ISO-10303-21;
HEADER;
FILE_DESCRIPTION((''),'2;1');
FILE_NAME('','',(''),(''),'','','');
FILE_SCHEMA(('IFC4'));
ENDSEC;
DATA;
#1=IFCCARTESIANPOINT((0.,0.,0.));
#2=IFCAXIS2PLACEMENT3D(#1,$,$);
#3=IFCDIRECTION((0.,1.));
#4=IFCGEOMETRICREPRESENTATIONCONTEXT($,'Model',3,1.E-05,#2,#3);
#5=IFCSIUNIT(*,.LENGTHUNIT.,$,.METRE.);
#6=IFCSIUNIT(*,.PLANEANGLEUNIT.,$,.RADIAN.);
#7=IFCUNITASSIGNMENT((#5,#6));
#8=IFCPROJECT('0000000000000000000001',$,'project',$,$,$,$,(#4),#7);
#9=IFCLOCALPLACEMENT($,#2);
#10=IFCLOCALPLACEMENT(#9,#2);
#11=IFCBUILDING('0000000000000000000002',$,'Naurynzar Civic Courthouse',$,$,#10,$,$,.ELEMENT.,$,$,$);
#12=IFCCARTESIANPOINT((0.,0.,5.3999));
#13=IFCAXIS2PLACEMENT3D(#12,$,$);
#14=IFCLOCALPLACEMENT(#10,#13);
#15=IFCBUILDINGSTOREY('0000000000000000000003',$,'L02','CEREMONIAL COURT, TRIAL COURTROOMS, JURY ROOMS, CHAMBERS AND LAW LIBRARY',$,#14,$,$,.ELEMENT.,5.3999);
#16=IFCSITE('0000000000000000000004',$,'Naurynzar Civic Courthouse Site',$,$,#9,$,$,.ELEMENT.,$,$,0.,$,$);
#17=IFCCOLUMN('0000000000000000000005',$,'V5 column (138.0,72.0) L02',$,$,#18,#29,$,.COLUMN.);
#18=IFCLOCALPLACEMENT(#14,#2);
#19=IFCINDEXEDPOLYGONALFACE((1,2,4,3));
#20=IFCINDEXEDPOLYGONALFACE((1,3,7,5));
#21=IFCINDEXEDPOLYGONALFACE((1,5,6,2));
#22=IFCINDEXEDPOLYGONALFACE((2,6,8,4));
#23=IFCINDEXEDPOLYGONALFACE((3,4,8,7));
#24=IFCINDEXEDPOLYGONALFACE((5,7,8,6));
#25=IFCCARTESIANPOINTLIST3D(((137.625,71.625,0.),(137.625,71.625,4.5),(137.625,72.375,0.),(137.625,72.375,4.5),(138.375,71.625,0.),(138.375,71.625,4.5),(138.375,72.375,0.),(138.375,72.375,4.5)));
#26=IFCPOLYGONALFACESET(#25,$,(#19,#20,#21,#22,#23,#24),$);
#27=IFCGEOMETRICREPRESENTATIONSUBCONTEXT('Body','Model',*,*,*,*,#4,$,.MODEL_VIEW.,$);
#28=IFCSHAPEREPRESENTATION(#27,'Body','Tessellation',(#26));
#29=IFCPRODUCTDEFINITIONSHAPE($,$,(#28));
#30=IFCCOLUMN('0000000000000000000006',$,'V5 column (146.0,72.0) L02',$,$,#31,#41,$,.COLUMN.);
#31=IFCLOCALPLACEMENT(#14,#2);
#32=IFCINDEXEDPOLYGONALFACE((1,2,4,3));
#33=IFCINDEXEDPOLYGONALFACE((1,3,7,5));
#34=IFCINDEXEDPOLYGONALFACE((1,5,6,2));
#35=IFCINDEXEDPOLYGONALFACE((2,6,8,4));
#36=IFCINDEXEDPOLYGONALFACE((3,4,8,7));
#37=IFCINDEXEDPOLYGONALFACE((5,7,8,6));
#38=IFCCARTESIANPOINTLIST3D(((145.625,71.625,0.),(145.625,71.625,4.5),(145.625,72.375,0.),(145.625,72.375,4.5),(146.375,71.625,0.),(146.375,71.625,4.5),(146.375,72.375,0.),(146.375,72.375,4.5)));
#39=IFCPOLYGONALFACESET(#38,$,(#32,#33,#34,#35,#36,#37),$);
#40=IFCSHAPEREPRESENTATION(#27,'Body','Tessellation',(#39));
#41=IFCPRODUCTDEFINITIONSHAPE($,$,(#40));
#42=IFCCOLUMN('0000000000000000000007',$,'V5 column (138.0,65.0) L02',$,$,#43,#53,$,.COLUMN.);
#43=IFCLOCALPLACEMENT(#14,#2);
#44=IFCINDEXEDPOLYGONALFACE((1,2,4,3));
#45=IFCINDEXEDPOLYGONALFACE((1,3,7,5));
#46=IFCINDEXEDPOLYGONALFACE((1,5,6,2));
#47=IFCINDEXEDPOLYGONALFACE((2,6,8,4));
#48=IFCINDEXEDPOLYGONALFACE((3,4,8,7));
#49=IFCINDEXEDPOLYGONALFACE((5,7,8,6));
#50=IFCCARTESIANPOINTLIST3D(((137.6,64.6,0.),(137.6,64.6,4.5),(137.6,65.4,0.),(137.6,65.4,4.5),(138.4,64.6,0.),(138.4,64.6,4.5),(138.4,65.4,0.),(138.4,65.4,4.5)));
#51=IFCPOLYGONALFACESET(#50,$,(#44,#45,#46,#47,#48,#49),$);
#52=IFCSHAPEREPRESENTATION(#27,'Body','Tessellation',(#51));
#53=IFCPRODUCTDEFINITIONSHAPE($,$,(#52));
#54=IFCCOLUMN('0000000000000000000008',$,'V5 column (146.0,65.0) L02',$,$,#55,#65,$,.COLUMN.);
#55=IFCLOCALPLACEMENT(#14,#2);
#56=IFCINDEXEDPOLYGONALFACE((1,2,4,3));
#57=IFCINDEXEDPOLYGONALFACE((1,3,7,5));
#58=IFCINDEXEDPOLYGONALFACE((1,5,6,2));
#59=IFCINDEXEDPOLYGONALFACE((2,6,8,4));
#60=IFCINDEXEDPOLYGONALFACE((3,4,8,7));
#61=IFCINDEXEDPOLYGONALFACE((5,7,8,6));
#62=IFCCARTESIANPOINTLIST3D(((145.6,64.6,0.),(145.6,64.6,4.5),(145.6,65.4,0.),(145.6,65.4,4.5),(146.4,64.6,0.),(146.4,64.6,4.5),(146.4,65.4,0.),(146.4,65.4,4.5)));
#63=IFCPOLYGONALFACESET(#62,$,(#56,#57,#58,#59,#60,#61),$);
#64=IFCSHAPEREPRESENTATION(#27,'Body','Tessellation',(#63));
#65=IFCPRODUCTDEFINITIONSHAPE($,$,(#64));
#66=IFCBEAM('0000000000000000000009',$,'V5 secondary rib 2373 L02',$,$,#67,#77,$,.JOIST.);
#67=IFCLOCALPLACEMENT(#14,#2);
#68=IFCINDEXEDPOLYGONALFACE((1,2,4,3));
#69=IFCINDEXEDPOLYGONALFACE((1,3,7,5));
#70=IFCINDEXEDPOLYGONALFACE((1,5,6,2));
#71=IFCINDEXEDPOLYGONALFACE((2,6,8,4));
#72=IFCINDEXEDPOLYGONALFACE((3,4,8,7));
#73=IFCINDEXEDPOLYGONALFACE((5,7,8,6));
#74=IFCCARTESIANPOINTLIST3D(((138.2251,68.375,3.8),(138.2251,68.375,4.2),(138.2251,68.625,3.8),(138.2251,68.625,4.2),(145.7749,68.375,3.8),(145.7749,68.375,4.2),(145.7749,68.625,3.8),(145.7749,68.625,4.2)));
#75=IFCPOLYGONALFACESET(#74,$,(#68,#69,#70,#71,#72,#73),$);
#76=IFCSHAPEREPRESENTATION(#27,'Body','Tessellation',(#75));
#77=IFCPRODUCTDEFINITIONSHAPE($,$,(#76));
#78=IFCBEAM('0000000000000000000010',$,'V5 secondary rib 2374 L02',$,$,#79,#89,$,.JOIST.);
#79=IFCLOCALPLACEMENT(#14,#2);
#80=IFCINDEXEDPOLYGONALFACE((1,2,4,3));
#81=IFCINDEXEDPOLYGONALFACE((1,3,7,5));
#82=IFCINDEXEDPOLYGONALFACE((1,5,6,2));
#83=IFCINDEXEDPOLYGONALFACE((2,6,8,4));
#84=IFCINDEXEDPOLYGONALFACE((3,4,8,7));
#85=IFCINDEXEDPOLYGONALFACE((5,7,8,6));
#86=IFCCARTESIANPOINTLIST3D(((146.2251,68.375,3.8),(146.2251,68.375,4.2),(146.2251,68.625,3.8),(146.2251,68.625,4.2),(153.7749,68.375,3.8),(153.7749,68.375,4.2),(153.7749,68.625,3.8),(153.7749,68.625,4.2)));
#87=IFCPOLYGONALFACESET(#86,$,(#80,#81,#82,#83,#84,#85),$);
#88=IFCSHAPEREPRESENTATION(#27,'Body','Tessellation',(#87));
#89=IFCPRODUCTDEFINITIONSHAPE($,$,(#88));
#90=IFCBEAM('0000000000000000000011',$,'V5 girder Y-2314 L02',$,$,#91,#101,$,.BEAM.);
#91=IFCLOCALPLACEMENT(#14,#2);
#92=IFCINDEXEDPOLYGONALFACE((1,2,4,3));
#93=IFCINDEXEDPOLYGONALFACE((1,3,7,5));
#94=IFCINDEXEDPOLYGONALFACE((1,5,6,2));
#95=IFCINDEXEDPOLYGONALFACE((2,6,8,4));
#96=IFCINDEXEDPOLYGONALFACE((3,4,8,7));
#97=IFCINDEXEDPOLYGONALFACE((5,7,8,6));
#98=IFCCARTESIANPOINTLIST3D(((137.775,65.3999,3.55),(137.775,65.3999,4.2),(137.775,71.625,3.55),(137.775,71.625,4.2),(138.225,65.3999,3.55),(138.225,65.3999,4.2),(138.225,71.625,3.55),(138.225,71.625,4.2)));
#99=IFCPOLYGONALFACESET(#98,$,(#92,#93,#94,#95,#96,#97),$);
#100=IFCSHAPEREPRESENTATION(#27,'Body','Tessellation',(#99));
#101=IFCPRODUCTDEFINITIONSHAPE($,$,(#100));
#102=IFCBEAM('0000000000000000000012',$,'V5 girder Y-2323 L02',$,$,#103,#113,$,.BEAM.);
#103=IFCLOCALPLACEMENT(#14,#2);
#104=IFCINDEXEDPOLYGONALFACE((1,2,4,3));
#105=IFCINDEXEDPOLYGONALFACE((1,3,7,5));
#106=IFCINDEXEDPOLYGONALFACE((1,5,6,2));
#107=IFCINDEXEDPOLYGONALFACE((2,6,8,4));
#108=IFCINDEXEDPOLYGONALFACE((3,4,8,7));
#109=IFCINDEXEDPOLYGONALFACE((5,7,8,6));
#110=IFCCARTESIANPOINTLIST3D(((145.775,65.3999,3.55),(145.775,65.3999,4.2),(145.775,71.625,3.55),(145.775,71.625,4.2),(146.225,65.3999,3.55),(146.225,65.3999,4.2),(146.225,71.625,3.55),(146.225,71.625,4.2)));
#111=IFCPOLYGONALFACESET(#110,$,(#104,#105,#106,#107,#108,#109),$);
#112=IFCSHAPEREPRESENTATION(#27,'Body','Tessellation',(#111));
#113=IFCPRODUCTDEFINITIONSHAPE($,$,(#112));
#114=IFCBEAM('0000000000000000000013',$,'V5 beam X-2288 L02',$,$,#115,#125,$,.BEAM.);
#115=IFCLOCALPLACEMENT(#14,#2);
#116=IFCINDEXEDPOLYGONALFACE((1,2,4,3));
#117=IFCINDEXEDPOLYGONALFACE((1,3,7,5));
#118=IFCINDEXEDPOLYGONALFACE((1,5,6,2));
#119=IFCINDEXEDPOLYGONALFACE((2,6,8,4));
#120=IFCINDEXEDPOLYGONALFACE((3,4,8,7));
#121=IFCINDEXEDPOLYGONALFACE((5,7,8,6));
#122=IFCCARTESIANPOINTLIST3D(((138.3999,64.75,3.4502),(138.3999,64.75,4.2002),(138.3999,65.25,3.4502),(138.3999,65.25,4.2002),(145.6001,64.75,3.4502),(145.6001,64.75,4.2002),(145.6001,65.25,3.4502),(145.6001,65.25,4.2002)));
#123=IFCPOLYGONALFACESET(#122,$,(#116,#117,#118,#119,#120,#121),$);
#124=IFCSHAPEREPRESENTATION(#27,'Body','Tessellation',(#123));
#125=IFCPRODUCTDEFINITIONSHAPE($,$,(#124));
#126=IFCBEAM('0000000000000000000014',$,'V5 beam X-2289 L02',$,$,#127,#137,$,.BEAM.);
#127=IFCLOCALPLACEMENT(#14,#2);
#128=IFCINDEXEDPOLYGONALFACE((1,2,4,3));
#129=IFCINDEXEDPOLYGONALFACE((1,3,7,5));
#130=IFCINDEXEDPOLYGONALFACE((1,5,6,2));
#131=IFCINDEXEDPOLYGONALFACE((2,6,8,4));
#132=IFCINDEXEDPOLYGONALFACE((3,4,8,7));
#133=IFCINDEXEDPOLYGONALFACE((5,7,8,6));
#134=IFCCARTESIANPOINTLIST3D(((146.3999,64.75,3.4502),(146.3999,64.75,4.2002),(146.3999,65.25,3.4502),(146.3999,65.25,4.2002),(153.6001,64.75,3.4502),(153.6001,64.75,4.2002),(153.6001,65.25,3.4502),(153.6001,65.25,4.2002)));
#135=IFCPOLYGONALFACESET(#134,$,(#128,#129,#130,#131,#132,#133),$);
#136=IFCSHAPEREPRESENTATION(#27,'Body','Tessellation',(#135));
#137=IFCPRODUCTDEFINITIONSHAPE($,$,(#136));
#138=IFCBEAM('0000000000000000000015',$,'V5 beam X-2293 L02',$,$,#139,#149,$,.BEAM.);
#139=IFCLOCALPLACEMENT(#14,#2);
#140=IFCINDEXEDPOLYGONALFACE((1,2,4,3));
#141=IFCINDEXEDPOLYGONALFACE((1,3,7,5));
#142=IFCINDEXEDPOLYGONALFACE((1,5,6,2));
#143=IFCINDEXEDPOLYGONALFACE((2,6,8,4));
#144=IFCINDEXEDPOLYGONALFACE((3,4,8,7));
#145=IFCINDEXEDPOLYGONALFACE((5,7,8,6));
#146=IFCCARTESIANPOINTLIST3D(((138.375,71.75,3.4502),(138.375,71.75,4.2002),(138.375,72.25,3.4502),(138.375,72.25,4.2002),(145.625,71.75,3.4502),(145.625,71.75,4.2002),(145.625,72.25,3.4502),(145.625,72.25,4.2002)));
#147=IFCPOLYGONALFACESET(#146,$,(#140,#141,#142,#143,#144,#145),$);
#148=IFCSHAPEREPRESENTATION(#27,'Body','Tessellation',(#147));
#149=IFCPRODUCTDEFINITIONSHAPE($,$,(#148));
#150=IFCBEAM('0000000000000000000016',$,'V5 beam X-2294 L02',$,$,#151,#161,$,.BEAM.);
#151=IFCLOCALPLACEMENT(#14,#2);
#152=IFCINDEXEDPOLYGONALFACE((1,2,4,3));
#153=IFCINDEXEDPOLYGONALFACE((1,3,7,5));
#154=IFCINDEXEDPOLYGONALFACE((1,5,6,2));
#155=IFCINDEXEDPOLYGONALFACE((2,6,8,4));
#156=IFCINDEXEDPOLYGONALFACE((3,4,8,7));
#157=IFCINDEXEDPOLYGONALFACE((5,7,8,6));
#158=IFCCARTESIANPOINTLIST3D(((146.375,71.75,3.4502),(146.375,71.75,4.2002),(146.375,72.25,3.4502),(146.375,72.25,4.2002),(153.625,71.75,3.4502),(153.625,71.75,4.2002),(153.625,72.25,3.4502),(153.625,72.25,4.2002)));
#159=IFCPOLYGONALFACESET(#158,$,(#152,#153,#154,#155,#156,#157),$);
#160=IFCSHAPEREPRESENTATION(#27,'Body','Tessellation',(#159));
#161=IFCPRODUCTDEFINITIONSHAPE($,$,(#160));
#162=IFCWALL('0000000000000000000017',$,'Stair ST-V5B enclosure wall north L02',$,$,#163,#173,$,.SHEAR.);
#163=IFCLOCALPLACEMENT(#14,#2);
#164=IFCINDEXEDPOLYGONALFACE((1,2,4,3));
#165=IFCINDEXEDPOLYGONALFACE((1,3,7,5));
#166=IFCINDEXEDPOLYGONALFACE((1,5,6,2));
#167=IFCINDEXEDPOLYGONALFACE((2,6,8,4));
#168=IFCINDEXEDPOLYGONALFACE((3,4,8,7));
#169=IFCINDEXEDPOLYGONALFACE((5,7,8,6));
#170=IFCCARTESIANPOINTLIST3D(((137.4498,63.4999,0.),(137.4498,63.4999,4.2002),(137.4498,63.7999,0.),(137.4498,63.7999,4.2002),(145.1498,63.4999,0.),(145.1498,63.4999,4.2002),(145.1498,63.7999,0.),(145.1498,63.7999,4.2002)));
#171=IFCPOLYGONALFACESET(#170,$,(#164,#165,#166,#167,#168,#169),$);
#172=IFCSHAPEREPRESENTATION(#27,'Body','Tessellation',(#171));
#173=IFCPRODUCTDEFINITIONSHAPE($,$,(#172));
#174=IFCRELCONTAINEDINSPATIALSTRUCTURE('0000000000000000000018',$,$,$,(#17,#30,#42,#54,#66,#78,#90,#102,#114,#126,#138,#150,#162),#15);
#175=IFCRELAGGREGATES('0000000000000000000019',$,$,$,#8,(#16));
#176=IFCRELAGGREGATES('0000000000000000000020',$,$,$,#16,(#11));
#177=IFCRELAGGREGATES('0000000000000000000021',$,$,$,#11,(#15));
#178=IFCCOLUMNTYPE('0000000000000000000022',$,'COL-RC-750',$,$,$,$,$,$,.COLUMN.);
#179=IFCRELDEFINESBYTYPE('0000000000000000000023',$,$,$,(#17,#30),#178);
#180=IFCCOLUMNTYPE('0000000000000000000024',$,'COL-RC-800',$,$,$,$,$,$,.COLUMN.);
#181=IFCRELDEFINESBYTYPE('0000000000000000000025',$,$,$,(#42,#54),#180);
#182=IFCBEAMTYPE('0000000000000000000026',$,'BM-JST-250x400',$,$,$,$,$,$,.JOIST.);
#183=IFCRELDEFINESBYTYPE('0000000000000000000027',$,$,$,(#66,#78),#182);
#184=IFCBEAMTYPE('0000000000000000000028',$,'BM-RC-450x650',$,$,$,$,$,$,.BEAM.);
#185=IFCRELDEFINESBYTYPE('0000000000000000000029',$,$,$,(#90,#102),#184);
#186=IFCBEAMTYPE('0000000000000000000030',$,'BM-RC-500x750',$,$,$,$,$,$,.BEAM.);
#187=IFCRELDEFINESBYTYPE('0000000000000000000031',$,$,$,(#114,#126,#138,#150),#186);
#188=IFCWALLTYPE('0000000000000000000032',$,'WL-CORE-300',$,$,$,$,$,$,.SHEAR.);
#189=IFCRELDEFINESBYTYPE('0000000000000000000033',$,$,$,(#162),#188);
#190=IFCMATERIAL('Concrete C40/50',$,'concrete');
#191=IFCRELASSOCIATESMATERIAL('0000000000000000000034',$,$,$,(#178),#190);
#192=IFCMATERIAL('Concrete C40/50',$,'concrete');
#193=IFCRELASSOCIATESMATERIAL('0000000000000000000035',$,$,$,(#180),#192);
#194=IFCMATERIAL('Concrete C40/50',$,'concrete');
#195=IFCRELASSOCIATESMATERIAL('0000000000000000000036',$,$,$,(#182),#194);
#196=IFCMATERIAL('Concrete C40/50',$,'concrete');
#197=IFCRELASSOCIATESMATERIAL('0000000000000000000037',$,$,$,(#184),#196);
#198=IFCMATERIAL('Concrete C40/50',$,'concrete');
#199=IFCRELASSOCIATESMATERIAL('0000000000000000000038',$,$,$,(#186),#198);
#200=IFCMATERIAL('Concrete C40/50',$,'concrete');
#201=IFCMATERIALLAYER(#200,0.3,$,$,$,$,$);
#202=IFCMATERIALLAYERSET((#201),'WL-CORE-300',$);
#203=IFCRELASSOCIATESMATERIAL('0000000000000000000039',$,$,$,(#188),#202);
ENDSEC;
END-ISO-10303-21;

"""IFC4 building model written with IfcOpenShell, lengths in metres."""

from ifc_helpers import new_model, si_unit, direction, frame, frame_2d, origin, origin_2d, place, context, subcontext, project, spatial, rectangle, extrude, material, layer, layer_set, material_profile, profile_set, type_object, element, save


model = new_model("IFC4")

# Units and contexts
model_context = context("Model", 3, precision=1e-05, world=origin(), true_north=direction((0.0, 1.0)))
body_context = subcontext(model_context, "Body", "Model", "MODEL_VIEW")
ifc_project = project(units=[si_unit("LENGTHUNIT", "METRE"), si_unit("PLANEANGLEUNIT", "RADIAN")], contexts=[model_context])

# Site, building, storey
site_placement = place(None, origin())
site = spatial("IfcSite", under=ifc_project, at=site_placement, Name="Naurynzar Civic Courthouse Site", CompositionType="ELEMENT", RefElevation=0.0)
building_placement = place(site_placement, origin())
building = spatial("IfcBuilding", under=site, at=building_placement, Name="Naurynzar Civic Courthouse", CompositionType="ELEMENT")
storey_placement = place(building_placement, frame((0.0, 0.0, 5.3999)))
storey = spatial("IfcBuildingStorey", under=building, at=storey_placement, Name="L02", Description="CEREMONIAL COURT, TRIAL COURTROOMS, JURY ROOMS, CHAMBERS AND LAW LIBRARY", CompositionType="ELEMENT", Elevation=5.3999)

# Columns
ifc_material_1 = material(Name="Concrete C40/50", Category="concrete")
ifc_material_profile_1 = material_profile(ifc_material_1, rectangle(XDim=0.75, YDim=0.75, at=origin_2d()), Name="RC 750x750")
ifc_profile_set_1 = profile_set([ifc_material_profile_1], Name="Concrete C40/50")
column_type_1 = type_object("IfcColumnType", Name="COL-RC-750", PredefinedType="COLUMN", material=ifc_profile_set_1)
for number, where, z_axis, x_axis, name in (
    (1, (138.0, 72.0, 0.0), (0.0, 0.0, 1.0), (1.0, 0.0, 0.0), "V5 column (138.0,72.0) L02"),
    (2, (146.0, 72.0, 0.0), (0.0, 0.0, 1.0), (1.0, 0.0, 0.0), "V5 column (146.0,72.0) L02"),
):
    element("IfcColumn", number, at=place(storey_placement, frame(where, z_axis=z_axis, x_axis=x_axis)), inside=storey, type_object=column_type_1, Name=name, PredefinedType="COLUMN", context=body_context, shape_type="SweptSolid", body=[
        extrude(rectangle(XDim=0.75, YDim=0.75, at=origin_2d()), origin(), (0.0, 0.0, 1.0), 4.5),
    ])
ifc_material_2 = material(Name="Concrete C40/50", Category="concrete")
ifc_material_profile_2 = material_profile(ifc_material_2, rectangle(XDim=0.8, YDim=0.8, at=origin_2d()), Name="RC 800x800")
ifc_profile_set_2 = profile_set([ifc_material_profile_2], Name="Concrete C40/50")
column_type_2 = type_object("IfcColumnType", Name="COL-RC-800", PredefinedType="COLUMN", material=ifc_profile_set_2)
for number, where, z_axis, x_axis, name in (
    (3, (138.0, 65.0, 0.0), (0.0, 0.0, 1.0), (1.0, 0.0, 0.0), "V5 column (138.0,65.0) L02"),
    (4, (146.0, 65.0, 0.0), (0.0, 0.0, 1.0), (1.0, 0.0, 0.0), "V5 column (146.0,65.0) L02"),
):
    element("IfcColumn", number, at=place(storey_placement, frame(where, z_axis=z_axis, x_axis=x_axis)), inside=storey, type_object=column_type_2, Name=name, PredefinedType="COLUMN", context=body_context, shape_type="SweptSolid", body=[
        extrude(rectangle(XDim=0.8, YDim=0.8, at=origin_2d()), origin(), (0.0, 0.0, 1.0), 4.5),
    ])

# Beams
ifc_material_3 = material(Name="Concrete C40/50", Category="concrete")
ifc_material_profile_3 = material_profile(ifc_material_3, rectangle(XDim=0.25, YDim=0.3999, at=origin_2d()), Name="RCB 250x400")
ifc_profile_set_3 = profile_set([ifc_material_profile_3], Name="Concrete C40/50")
beam_type_1 = type_object("IfcBeamType", Name="BM-JST-250x400", PredefinedType="JOIST", material=ifc_profile_set_3)
for number, where, z_axis, x_axis, name in (
    (5, (138.2251, 68.5, 4.0), (1.0, 0.0, 0.0), (0.0, 1.0, 0.0), "V5 secondary rib 2373 L02"),
    (6, (146.2251, 68.5, 4.0), (1.0, 0.0, 0.0), (0.0, 1.0, 0.0), "V5 secondary rib 2374 L02"),
):
    element("IfcBeam", number, at=place(storey_placement, frame(where, z_axis=z_axis, x_axis=x_axis)), inside=storey, type_object=beam_type_1, Name=name, PredefinedType="JOIST", context=body_context, shape_type="SweptSolid", body=[
        extrude(rectangle(XDim=0.25, YDim=0.3999, at=origin_2d()), origin(), (0.0, 0.0, 1.0), 7.5498),
    ])
ifc_material_4 = material(Name="Concrete C40/50", Category="concrete")
ifc_material_profile_4 = material_profile(ifc_material_4, rectangle(XDim=0.45, YDim=0.6499, at=origin_2d()), Name="RCB 450x650")
ifc_profile_set_4 = profile_set([ifc_material_profile_4], Name="Concrete C40/50")
beam_type_2 = type_object("IfcBeamType", Name="BM-RC-450x650", PredefinedType="BEAM", material=ifc_profile_set_4)
for number, where, z_axis, x_axis, name in (
    (7, (138.0, 65.3999, 3.875), (0.0, 1.0, 0.0), (-1.0, 0.0, 0.0), "V5 girder Y-2314 L02"),
    (8, (146.0, 65.3999, 3.875), (0.0, 1.0, 0.0), (-1.0, 0.0, 0.0), "V5 girder Y-2323 L02"),
):
    element("IfcBeam", number, at=place(storey_placement, frame(where, z_axis=z_axis, x_axis=x_axis)), inside=storey, type_object=beam_type_2, Name=name, PredefinedType="BEAM", context=body_context, shape_type="SweptSolid", body=[
        extrude(rectangle(XDim=0.45, YDim=0.6499, at=origin_2d()), origin(), (0.0, 0.0, 1.0), 6.2251),
    ])
ifc_material_5 = material(Name="Concrete C40/50", Category="concrete")
ifc_material_profile_5 = material_profile(ifc_material_5, rectangle(XDim=0.5, YDim=0.75, at=origin_2d()), Name="RCB 500x750")
ifc_profile_set_5 = profile_set([ifc_material_profile_5], Name="Concrete C40/50")
beam_type_3 = type_object("IfcBeamType", Name="BM-RC-500x750", PredefinedType="BEAM", material=ifc_profile_set_5)
for number, where, z_axis, x_axis, name in (
    (9, (138.3999, 65.0, 3.8252), (1.0, 0.0, 0.0), (0.0, 1.0, 0.0), "V5 beam X-2288 L02"),
    (10, (146.3999, 65.0, 3.8252), (1.0, 0.0, 0.0), (0.0, 1.0, 0.0), "V5 beam X-2289 L02"),
):
    element("IfcBeam", number, at=place(storey_placement, frame(where, z_axis=z_axis, x_axis=x_axis)), inside=storey, type_object=beam_type_3, Name=name, PredefinedType="BEAM", context=body_context, shape_type="SweptSolid", body=[
        extrude(rectangle(XDim=0.5, YDim=0.75, at=origin_2d()), origin(), (0.0, 0.0, 1.0), 7.2002),
    ])
for number, where, z_axis, x_axis, name in (
    (11, (138.375, 72.0, 3.8252), (1.0, 0.0, 0.0), (0.0, 1.0, 0.0), "V5 beam X-2293 L02"),
    (12, (146.375, 72.0, 3.8252), (1.0, 0.0, 0.0), (0.0, 1.0, 0.0), "V5 beam X-2294 L02"),
):
    element("IfcBeam", number, at=place(storey_placement, frame(where, z_axis=z_axis, x_axis=x_axis)), inside=storey, type_object=beam_type_3, Name=name, PredefinedType="BEAM", context=body_context, shape_type="SweptSolid", body=[
        extrude(rectangle(XDim=0.5, YDim=0.75, at=origin_2d()), origin(), (0.0, 0.0, 1.0), 7.25),
    ])

# Wall
ifc_material_6 = material(Name="Concrete C40/50", Category="concrete")
ifc_layer_1 = layer(ifc_material_6, 0.3)
ifc_layer_set_1 = layer_set([ifc_layer_1], Name="WL-CORE-300")
wall_type_1 = type_object("IfcWallType", Name="WL-CORE-300", PredefinedType="SHEAR", material=ifc_layer_set_1)
wall_1_placement = place(storey_placement, frame((145.1499, 63.6499, 0.0), z_axis=(0.0, 0.0, 1.0), x_axis=(-1.0, 0.0, 0.0)))
element("IfcWall", 13, at=wall_1_placement, inside=storey, type_object=wall_type_1, Name="Stair ST-V5B enclosure wall north L02", PredefinedType="SHEAR", context=body_context, shape_type="SweptSolid", body=[
    extrude(rectangle(XDim=7.7, YDim=0.3, at=frame_2d((3.8501, 0.0))), origin(), (0.0, 0.0, 1.0), 4.2002),
])

save(model, "model.ifc")
